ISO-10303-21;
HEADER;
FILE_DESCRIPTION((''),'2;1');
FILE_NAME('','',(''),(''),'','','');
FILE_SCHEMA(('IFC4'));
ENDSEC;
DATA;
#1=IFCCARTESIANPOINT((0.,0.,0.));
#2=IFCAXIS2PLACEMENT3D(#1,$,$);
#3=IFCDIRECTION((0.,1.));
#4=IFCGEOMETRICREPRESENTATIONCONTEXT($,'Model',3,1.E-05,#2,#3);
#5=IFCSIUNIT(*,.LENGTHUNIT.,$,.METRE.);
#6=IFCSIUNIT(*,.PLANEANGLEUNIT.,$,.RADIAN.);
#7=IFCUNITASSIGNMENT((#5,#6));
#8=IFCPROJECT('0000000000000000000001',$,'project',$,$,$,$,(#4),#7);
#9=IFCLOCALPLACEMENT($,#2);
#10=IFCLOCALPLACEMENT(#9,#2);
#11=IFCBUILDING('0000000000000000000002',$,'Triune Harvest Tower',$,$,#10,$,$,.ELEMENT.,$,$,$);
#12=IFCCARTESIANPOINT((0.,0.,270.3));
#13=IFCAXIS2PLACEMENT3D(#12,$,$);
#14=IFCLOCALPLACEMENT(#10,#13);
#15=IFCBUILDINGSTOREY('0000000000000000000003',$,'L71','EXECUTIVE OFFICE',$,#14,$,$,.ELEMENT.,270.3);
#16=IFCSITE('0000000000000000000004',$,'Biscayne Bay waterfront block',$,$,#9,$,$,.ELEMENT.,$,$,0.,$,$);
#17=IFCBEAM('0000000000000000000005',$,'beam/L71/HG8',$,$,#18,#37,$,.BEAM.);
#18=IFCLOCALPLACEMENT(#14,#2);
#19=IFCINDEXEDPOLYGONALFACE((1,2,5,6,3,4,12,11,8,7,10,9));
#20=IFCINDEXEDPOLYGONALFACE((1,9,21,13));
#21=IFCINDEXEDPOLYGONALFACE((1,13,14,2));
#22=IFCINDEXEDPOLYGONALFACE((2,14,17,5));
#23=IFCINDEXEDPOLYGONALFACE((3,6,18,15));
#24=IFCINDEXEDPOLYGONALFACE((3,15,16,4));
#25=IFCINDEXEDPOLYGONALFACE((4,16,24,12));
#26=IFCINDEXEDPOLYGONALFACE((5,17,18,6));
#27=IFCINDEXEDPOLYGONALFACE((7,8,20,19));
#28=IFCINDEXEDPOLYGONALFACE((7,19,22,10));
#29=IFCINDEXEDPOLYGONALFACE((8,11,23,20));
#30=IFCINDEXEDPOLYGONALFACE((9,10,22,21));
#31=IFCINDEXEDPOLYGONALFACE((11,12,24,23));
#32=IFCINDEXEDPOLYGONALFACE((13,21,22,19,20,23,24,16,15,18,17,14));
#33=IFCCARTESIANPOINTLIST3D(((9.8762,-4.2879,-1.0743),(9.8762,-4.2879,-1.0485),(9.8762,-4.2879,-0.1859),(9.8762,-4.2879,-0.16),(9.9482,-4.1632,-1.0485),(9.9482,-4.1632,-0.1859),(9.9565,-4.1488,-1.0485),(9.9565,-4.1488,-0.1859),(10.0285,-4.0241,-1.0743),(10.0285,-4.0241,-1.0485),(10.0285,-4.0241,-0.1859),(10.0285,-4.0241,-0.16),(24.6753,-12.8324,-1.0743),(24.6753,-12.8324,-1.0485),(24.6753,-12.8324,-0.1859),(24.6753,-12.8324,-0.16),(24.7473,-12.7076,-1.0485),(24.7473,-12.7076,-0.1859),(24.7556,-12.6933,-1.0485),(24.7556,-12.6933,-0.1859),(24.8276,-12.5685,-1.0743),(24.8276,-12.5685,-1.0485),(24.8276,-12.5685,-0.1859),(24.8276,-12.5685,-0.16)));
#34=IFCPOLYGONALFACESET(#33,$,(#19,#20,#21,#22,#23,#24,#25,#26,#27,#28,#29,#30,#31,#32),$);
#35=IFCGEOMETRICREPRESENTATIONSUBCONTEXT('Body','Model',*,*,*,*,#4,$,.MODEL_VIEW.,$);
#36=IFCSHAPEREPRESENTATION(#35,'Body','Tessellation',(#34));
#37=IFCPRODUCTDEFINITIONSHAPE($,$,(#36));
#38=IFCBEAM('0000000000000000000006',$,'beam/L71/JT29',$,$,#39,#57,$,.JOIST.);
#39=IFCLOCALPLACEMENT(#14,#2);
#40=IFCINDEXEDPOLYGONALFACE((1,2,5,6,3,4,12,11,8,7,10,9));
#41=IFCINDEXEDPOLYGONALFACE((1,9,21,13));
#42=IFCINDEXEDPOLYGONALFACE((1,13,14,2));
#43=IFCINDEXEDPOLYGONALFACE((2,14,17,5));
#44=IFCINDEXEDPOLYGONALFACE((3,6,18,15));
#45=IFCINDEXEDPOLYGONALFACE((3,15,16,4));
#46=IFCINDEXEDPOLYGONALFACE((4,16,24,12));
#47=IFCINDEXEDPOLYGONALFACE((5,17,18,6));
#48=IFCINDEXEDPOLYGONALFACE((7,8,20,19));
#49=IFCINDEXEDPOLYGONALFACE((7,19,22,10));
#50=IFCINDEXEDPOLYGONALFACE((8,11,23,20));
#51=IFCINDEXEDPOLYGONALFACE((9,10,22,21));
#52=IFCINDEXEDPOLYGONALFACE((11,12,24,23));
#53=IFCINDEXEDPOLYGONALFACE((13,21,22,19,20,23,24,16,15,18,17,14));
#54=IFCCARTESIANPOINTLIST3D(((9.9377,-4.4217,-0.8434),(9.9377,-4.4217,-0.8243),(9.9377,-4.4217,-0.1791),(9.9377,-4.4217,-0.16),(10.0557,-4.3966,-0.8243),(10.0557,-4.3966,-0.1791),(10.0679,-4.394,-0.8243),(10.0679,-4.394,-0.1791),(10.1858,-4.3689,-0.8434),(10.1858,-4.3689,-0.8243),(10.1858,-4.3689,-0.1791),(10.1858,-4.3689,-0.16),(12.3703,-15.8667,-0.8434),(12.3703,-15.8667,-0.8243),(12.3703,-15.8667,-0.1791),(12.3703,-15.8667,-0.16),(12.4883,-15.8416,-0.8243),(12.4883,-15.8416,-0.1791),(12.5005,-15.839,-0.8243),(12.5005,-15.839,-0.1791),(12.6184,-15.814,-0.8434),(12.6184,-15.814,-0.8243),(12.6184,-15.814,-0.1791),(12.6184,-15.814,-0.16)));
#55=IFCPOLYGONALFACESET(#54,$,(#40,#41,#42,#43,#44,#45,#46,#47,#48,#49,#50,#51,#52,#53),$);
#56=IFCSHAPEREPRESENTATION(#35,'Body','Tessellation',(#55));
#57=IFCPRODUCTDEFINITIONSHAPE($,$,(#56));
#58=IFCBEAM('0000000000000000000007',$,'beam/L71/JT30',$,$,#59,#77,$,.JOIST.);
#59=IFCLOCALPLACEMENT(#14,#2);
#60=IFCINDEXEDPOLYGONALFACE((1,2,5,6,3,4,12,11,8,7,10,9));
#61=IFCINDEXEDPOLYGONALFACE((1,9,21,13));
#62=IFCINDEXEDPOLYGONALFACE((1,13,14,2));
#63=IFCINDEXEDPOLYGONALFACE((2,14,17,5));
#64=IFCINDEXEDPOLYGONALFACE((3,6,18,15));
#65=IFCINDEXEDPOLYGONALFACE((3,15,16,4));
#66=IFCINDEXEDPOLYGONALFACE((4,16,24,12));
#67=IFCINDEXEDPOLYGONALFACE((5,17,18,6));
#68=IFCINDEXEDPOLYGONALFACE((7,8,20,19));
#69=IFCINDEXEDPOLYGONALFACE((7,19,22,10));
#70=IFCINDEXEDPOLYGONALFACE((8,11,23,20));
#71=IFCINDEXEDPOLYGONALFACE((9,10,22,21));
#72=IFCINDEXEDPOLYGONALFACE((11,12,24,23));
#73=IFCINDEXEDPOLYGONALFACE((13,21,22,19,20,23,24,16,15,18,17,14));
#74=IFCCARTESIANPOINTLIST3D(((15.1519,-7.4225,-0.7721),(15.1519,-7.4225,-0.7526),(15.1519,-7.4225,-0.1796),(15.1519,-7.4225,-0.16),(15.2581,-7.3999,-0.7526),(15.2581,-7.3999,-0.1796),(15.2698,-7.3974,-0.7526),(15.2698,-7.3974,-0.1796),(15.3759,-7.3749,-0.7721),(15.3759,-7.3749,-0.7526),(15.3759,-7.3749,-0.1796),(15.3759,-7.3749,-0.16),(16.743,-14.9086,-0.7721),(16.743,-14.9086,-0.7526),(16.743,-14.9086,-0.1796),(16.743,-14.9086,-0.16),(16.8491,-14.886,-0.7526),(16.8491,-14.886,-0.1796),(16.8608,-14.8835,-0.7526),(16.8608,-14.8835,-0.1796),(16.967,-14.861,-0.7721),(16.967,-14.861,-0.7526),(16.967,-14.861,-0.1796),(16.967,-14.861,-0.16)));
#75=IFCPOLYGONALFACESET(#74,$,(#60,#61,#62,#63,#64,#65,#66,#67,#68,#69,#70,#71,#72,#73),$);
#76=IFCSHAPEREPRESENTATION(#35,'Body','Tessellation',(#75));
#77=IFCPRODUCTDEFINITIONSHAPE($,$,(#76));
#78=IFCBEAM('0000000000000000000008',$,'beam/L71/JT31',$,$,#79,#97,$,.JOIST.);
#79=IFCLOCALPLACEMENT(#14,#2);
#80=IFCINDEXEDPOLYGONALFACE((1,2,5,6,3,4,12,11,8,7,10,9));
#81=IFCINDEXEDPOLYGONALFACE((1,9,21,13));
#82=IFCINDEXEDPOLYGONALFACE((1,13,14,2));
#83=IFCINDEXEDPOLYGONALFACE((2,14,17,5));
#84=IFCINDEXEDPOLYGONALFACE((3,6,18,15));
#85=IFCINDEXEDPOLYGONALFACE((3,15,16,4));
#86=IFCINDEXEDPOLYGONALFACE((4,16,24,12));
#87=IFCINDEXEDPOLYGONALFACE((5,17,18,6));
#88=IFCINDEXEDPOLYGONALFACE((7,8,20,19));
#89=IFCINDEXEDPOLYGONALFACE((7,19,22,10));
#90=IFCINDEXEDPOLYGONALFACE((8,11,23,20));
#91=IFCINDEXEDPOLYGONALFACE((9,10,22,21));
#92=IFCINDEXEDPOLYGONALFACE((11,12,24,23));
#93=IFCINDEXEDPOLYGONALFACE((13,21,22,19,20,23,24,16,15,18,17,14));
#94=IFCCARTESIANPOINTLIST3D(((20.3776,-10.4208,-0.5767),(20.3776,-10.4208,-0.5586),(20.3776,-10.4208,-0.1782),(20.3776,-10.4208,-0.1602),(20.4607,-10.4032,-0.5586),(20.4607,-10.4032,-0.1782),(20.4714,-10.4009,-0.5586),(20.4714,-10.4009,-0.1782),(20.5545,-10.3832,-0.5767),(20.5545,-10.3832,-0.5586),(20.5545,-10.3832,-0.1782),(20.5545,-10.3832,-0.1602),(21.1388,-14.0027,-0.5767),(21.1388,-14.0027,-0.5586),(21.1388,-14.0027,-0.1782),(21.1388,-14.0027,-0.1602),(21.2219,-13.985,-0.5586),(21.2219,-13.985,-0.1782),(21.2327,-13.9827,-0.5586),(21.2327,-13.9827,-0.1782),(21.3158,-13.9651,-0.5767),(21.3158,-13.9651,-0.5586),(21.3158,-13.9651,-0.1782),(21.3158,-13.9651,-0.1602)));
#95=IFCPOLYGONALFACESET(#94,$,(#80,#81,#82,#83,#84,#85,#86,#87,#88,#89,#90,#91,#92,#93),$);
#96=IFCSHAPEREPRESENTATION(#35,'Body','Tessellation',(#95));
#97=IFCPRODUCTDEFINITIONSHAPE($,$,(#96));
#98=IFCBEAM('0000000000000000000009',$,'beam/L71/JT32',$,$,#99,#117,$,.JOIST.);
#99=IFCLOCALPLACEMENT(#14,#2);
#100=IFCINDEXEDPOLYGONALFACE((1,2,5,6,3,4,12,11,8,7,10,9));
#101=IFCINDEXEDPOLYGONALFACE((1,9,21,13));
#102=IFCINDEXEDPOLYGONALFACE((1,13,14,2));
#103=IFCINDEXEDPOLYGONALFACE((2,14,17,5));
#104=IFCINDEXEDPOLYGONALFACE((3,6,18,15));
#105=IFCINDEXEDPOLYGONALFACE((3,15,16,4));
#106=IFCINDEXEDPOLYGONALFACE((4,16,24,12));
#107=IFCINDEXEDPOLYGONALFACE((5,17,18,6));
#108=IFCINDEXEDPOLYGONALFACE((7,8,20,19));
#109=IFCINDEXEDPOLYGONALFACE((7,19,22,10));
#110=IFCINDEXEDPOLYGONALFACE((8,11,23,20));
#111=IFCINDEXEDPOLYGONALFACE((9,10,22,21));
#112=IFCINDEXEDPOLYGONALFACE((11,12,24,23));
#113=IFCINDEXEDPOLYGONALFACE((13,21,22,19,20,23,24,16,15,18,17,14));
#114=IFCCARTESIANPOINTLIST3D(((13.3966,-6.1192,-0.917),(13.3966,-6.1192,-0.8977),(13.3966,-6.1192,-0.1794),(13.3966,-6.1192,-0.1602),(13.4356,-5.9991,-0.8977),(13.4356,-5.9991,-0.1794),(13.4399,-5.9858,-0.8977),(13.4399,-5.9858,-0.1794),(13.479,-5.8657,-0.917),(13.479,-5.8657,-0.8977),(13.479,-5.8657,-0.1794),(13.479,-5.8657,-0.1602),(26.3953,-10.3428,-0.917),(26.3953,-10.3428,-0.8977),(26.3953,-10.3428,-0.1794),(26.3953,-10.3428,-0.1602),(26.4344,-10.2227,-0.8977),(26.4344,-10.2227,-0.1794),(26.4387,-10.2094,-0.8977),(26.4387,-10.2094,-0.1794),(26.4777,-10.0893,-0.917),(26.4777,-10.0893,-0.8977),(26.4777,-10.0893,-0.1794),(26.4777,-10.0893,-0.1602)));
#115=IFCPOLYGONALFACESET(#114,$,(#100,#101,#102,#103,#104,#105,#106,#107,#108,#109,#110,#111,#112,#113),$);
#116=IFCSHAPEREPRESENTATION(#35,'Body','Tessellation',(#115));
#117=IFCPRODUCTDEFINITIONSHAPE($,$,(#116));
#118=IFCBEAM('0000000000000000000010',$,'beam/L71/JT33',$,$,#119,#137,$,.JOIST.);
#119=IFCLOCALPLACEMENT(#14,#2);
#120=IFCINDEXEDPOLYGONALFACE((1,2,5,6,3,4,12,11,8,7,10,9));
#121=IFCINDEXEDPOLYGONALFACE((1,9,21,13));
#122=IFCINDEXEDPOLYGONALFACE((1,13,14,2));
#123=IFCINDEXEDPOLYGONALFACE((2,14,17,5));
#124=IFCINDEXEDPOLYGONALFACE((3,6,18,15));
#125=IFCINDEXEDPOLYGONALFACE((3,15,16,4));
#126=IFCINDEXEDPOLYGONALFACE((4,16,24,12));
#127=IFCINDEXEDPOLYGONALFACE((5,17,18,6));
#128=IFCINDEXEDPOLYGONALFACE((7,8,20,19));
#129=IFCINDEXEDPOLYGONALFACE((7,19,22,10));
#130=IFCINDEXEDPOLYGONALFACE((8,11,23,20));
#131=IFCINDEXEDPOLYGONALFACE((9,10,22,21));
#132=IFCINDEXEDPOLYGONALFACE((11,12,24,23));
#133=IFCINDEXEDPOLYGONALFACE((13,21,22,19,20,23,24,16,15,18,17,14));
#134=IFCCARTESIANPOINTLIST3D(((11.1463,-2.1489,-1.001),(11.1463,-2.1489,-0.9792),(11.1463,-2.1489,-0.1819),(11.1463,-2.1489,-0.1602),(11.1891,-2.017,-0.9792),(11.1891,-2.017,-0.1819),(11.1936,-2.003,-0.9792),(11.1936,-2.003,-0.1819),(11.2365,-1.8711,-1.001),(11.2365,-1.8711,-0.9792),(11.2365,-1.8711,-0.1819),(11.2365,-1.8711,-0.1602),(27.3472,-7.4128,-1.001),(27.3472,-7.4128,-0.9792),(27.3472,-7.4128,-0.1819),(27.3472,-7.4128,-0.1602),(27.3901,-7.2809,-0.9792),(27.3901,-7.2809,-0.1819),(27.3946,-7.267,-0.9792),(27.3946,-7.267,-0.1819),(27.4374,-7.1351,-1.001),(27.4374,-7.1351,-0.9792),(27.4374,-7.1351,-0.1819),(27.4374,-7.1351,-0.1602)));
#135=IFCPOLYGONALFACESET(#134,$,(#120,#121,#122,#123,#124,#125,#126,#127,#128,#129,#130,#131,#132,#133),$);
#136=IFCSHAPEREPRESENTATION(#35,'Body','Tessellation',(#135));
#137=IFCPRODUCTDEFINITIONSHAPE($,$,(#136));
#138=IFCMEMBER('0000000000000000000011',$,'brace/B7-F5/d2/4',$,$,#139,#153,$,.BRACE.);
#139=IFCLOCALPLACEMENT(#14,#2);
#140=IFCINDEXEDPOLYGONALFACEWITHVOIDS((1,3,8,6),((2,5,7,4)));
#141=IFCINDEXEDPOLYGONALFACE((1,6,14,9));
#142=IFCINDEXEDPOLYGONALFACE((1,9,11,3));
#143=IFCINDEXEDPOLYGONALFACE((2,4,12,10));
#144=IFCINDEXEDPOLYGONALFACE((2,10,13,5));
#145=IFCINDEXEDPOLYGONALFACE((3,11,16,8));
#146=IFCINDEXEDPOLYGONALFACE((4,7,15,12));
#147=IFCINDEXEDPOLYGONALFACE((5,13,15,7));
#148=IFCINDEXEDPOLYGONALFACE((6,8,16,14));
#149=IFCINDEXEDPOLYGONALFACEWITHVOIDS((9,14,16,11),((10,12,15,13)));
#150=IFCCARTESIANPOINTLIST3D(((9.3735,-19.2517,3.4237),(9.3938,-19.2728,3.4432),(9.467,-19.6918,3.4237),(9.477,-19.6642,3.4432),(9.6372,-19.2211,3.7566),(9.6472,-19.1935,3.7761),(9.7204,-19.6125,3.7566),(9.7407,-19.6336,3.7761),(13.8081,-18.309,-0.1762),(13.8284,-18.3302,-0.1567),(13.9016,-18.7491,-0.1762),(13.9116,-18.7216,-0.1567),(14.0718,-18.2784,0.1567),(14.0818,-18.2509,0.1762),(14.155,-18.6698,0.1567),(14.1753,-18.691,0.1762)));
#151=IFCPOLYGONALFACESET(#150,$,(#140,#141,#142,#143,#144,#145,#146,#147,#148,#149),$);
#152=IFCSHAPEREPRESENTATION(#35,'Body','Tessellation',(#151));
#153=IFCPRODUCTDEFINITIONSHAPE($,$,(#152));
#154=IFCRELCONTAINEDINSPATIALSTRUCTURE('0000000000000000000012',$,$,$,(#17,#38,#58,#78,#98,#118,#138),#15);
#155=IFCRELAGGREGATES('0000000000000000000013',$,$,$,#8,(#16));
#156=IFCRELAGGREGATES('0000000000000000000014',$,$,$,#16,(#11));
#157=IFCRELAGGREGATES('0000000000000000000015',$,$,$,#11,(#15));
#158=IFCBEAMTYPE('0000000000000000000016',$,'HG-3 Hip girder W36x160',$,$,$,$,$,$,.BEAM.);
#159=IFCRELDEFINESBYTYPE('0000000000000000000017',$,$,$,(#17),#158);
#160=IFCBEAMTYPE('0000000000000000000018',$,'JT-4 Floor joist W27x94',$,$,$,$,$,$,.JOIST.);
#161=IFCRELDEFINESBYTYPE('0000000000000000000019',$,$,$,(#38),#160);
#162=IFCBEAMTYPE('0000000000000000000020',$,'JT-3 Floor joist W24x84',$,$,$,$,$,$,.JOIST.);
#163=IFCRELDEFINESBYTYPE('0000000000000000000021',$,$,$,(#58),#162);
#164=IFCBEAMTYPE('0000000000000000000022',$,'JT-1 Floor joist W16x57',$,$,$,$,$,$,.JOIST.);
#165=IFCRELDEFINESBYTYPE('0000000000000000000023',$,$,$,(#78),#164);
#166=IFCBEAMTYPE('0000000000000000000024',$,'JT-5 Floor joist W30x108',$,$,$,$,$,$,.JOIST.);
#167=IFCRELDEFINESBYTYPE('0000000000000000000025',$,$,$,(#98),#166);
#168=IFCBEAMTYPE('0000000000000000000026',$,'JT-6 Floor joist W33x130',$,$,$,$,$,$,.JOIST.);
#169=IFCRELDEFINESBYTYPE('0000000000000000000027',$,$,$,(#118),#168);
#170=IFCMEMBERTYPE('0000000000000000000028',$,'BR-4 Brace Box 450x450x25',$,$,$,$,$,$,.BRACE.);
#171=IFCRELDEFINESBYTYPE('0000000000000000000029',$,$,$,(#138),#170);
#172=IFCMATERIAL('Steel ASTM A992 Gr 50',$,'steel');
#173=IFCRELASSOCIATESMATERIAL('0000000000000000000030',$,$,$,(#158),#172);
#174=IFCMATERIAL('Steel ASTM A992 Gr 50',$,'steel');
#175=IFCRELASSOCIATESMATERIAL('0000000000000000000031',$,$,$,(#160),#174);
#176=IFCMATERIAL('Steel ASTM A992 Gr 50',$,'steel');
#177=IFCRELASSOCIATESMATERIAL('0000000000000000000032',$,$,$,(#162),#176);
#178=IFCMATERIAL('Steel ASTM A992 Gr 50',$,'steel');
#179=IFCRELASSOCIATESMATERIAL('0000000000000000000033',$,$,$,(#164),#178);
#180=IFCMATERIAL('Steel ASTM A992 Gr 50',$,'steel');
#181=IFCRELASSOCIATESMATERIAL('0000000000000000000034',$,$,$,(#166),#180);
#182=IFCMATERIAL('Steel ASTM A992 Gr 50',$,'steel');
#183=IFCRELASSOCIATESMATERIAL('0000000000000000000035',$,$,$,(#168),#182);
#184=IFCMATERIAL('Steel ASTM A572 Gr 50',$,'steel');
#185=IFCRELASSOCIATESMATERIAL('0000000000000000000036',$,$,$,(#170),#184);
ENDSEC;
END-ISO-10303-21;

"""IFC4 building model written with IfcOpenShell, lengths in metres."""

from ifc_helpers import new_model, si_unit, direction, frame, origin, origin_2d, place, context, subcontext, project, spatial, hollow_rectangle, i_section, extrude, source, transform, mapped, material, material_profile, profile_set, type_object, element, save


model = new_model("IFC4")

# Units and contexts
model_context = context("Model", 3, precision=1e-05, world=origin(), true_north=direction((0.0, 1.0)))
body_context = subcontext(model_context, "Body", "Model", "MODEL_VIEW")
ifc_project = project(units=[si_unit("LENGTHUNIT", "METRE"), si_unit("PLANEANGLEUNIT", "RADIAN")], contexts=[model_context])

# Site, building, storey
site_placement = place(None, origin())
site = spatial("IfcSite", under=ifc_project, at=site_placement, Name="Biscayne Bay waterfront block", CompositionType="ELEMENT", RefElevation=0.0)
building_placement = place(site_placement, origin())
building = spatial("IfcBuilding", under=site, at=building_placement, Name="Triune Harvest Tower", CompositionType="ELEMENT")
storey_placement = place(building_placement, frame((0.0, 0.0, 270.3)))
storey = spatial("IfcBuildingStorey", under=building, at=storey_placement, Name="L71", Description="EXECUTIVE OFFICE", CompositionType="ELEMENT", Elevation=270.3)

# Beams
ifc_material_1 = material(Name="Steel ASTM A992 Gr 50", Category="steel")
ifc_material_profile_1 = material_profile(ifc_material_1, i_section(OverallWidth=0.3047, OverallDepth=0.9143, WebThickness=0.0166, FlangeThickness=0.0259, at=origin_2d()), Name="W36x160")
ifc_profile_set_1 = profile_set([ifc_material_profile_1], Name="Steel ASTM A992 Gr 50")
beam_type_1 = type_object("IfcBeamType", Name="HG-3 Hip girder W36x160", PredefinedType="BEAM", material=ifc_profile_set_1)
shared_shape_1 = source(origin(), body_context, "Body", "SweptSolid", [
    extrude(i_section(OverallWidth=0.3047, OverallDepth=0.9143, WebThickness=0.0166, FlangeThickness=0.0259, at=origin_2d()), origin(), (0.0, 0.0, 1.0), 17.0886),
])
beam_1_placement = place(storey_placement, frame((24.7515, -12.7004, -0.6172), z_axis=(-0.866021, 0.500008, 0.0), x_axis=(-0.500008, -0.866021, 0.0)))
element("IfcBeam", 1, at=beam_1_placement, inside=storey, type_object=beam_type_1, Name="beam/L71/HG8", PredefinedType="BEAM", context=body_context, shape_type="MappedRepresentation", body=[
    mapped(shared_shape_1, transform((0.0, 0.0, 0.0), scale=1.0)),
])
ifc_material_2 = material(Name="Steel ASTM A992 Gr 50", Category="steel")
ifc_material_profile_2 = material_profile(ifc_material_2, i_section(OverallWidth=0.2537, OverallDepth=0.6833, WebThickness=0.0125, FlangeThickness=0.019, at=origin_2d()), Name="W27x94")
ifc_profile_set_2 = profile_set([ifc_material_profile_2], Name="Steel ASTM A992 Gr 50")
beam_type_2 = type_object("IfcBeamType", Name="JT-4 Floor joist W27x94", PredefinedType="JOIST", material=ifc_profile_set_2)
shared_shape_2 = source(origin(), body_context, "Body", "SweptSolid", [
    extrude(i_section(OverallWidth=0.2537, OverallDepth=0.6833, WebThickness=0.0125, FlangeThickness=0.019, at=origin_2d()), origin(), (0.0, 0.0, 1.0), 11.7007),
])
beam_2_placement = place(storey_placement, frame((12.4944, -15.8403, -0.5017), z_axis=(-0.207903, 0.978149, 0.0), x_axis=(-0.978149, -0.207903, 0.0)))
element("IfcBeam", 2, at=beam_2_placement, inside=storey, type_object=beam_type_2, Name="beam/L71/JT29", PredefinedType="JOIST", context=body_context, shape_type="MappedRepresentation", body=[
    mapped(shared_shape_2, transform((0.0, 0.0, 0.0), scale=1.0)),
])
ifc_material_3 = material(Name="Steel ASTM A992 Gr 50", Category="steel")
ifc_material_profile_3 = material_profile(ifc_material_3, i_section(OverallWidth=0.229, OverallDepth=0.6121, WebThickness=0.012, FlangeThickness=0.0195, at=origin_2d()), Name="W24x84")
ifc_profile_set_3 = profile_set([ifc_material_profile_3], Name="Steel ASTM A992 Gr 50")
beam_type_3 = type_object("IfcBeamType", Name="JT-3 Floor joist W24x84", PredefinedType="JOIST", material=ifc_profile_set_3)
shared_shape_3 = source(origin(), body_context, "Body", "SweptSolid", [
    extrude(i_section(OverallWidth=0.229, OverallDepth=0.6121, WebThickness=0.012, FlangeThickness=0.0195, at=origin_2d()), origin(), (0.0, 0.0, 1.0), 7.6533),
])
beam_3_placement = place(storey_placement, frame((16.855, -14.8848, -0.4661), z_axis=(-0.207893, 0.978152, 0.0), x_axis=(-0.978152, -0.207893, 0.0)))
element("IfcBeam", 3, at=beam_3_placement, inside=storey, type_object=beam_type_3, Name="beam/L71/JT30", PredefinedType="JOIST", context=body_context, shape_type="MappedRepresentation", body=[
    mapped(shared_shape_3, transform((0.0, 0.0, 0.0), scale=1.0)),
])
ifc_material_4 = material(Name="Steel ASTM A992 Gr 50", Category="steel")
ifc_material_profile_4 = material_profile(ifc_material_4, i_section(OverallWidth=0.1809, OverallDepth=0.4165, WebThickness=0.011, FlangeThickness=0.0181, at=origin_2d()), Name="W16x57")
ifc_profile_set_4 = profile_set([ifc_material_profile_4], Name="Steel ASTM A992 Gr 50")
beam_type_4 = type_object("IfcBeamType", Name="JT-1 Floor joist W16x57", PredefinedType="JOIST", material=ifc_profile_set_4)
shared_shape_4 = source(origin(), body_context, "Body", "SweptSolid", [
    extrude(i_section(OverallWidth=0.1809, OverallDepth=0.4165, WebThickness=0.011, FlangeThickness=0.0181, at=origin_2d()), origin(), (0.0, 0.0, 1.0), 3.6619),
])
beam_4_placement = place(storey_placement, frame((21.2273, -13.9839, -0.3684), z_axis=(-0.207885, 0.978153, 0.0), x_axis=(-0.978153, -0.207885, 0.0)))
element("IfcBeam", 4, at=beam_4_placement, inside=storey, type_object=beam_type_4, Name="beam/L71/JT31", PredefinedType="JOIST", context=body_context, shape_type="MappedRepresentation", body=[
    mapped(shared_shape_4, transform((0.0, 0.0, 0.0), scale=1.0)),
])
ifc_material_5 = material(Name="Steel ASTM A992 Gr 50", Category="steel")
ifc_material_profile_5 = material_profile(ifc_material_5, i_section(OverallWidth=0.2666, OverallDepth=0.7568, WebThickness=0.0139, FlangeThickness=0.0193, at=origin_2d()), Name="W30x108")
ifc_profile_set_5 = profile_set([ifc_material_profile_5], Name="Steel ASTM A992 Gr 50")
beam_type_5 = type_object("IfcBeamType", Name="JT-5 Floor joist W30x108", PredefinedType="JOIST", material=ifc_profile_set_5)
shared_shape_5 = source(origin(), body_context, "Body", "SweptSolid", [
    extrude(i_section(OverallWidth=0.2666, OverallDepth=0.7568, WebThickness=0.0139, FlangeThickness=0.0193, at=origin_2d()), origin(), (0.0, 0.0, 1.0), 13.6677),
])
beam_5_placement = place(storey_placement, frame((26.4365, -10.2161, -0.5386), z_axis=(-0.951055, 0.309022, 0.0), x_axis=(-0.309022, -0.951055, 0.0)))
element("IfcBeam", 5, at=beam_5_placement, inside=storey, type_object=beam_type_5, Name="beam/L71/JT32", PredefinedType="JOIST", context=body_context, shape_type="MappedRepresentation", body=[
    mapped(shared_shape_5, transform((0.0, 0.0, 0.0), scale=1.0)),
])
ifc_material_6 = material(Name="Steel ASTM A992 Gr 50", Category="steel")
ifc_material_profile_6 = material_profile(ifc_material_6, i_section(OverallWidth=0.292, OverallDepth=0.8408, WebThickness=0.0146, FlangeThickness=0.0217, at=origin_2d()), Name="W33x130")
ifc_profile_set_6 = profile_set([ifc_material_profile_6], Name="Steel ASTM A992 Gr 50")
beam_type_6 = type_object("IfcBeamType", Name="JT-6 Floor joist W33x130", PredefinedType="JOIST", material=ifc_profile_set_6)
shared_shape_6 = source(origin(), body_context, "Body", "SweptSolid", [
    extrude(i_section(OverallWidth=0.292, OverallDepth=0.8408, WebThickness=0.0146, FlangeThickness=0.0217, at=origin_2d()), origin(), (0.0, 0.0, 1.0), 17.0347),
])
beam_6_placement = place(storey_placement, frame((27.3923, -7.2739, -0.5806), z_axis=(-0.951058, 0.309013, 0.0), x_axis=(-0.309013, -0.951058, 0.0)))
element("IfcBeam", 6, at=beam_6_placement, inside=storey, type_object=beam_type_6, Name="beam/L71/JT33", PredefinedType="JOIST", context=body_context, shape_type="MappedRepresentation", body=[
    mapped(shared_shape_6, transform((0.0, 0.0, 0.0), scale=1.0)),
])

# Member
ifc_material_7 = material(Name="Steel ASTM A572 Gr 50", Category="steel")
ifc_material_profile_7 = material_profile(ifc_material_7, hollow_rectangle(XDim=0.45, YDim=0.45, WallThickness=0.0249, at=origin_2d()), Name="Box 450x450x25")
ifc_profile_set_7 = profile_set([ifc_material_profile_7], Name="Steel ASTM A572 Gr 50")
member_type_1 = type_object("IfcMemberType", Name="BR-4 Brace Box 450x450x25", PredefinedType="BRACE", material=ifc_profile_set_7)
shared_shape_7 = source(origin(), body_context, "Body", "SweptSolid", [
    extrude(hollow_rectangle(XDim=0.45, YDim=0.45, WallThickness=0.0249, at=origin_2d()), origin(), (0.0, 0.0, 1.0), 5.7891),
])
member_1_placement = place(storey_placement, frame((13.9917, -18.5, 0.0), z_axis=(-0.76603, -0.16283, 0.62184), x_axis=(0.207918, -0.978146, 0.0)))
element("IfcMember", 7, at=member_1_placement, inside=storey, type_object=member_type_1, Name="brace/B7-F5/d2/4", PredefinedType="BRACE", context=body_context, shape_type="MappedRepresentation", body=[
    mapped(shared_shape_7, transform((0.0, 0.0, 0.0), scale=1.0)),
])

save(model, "model.ifc")
